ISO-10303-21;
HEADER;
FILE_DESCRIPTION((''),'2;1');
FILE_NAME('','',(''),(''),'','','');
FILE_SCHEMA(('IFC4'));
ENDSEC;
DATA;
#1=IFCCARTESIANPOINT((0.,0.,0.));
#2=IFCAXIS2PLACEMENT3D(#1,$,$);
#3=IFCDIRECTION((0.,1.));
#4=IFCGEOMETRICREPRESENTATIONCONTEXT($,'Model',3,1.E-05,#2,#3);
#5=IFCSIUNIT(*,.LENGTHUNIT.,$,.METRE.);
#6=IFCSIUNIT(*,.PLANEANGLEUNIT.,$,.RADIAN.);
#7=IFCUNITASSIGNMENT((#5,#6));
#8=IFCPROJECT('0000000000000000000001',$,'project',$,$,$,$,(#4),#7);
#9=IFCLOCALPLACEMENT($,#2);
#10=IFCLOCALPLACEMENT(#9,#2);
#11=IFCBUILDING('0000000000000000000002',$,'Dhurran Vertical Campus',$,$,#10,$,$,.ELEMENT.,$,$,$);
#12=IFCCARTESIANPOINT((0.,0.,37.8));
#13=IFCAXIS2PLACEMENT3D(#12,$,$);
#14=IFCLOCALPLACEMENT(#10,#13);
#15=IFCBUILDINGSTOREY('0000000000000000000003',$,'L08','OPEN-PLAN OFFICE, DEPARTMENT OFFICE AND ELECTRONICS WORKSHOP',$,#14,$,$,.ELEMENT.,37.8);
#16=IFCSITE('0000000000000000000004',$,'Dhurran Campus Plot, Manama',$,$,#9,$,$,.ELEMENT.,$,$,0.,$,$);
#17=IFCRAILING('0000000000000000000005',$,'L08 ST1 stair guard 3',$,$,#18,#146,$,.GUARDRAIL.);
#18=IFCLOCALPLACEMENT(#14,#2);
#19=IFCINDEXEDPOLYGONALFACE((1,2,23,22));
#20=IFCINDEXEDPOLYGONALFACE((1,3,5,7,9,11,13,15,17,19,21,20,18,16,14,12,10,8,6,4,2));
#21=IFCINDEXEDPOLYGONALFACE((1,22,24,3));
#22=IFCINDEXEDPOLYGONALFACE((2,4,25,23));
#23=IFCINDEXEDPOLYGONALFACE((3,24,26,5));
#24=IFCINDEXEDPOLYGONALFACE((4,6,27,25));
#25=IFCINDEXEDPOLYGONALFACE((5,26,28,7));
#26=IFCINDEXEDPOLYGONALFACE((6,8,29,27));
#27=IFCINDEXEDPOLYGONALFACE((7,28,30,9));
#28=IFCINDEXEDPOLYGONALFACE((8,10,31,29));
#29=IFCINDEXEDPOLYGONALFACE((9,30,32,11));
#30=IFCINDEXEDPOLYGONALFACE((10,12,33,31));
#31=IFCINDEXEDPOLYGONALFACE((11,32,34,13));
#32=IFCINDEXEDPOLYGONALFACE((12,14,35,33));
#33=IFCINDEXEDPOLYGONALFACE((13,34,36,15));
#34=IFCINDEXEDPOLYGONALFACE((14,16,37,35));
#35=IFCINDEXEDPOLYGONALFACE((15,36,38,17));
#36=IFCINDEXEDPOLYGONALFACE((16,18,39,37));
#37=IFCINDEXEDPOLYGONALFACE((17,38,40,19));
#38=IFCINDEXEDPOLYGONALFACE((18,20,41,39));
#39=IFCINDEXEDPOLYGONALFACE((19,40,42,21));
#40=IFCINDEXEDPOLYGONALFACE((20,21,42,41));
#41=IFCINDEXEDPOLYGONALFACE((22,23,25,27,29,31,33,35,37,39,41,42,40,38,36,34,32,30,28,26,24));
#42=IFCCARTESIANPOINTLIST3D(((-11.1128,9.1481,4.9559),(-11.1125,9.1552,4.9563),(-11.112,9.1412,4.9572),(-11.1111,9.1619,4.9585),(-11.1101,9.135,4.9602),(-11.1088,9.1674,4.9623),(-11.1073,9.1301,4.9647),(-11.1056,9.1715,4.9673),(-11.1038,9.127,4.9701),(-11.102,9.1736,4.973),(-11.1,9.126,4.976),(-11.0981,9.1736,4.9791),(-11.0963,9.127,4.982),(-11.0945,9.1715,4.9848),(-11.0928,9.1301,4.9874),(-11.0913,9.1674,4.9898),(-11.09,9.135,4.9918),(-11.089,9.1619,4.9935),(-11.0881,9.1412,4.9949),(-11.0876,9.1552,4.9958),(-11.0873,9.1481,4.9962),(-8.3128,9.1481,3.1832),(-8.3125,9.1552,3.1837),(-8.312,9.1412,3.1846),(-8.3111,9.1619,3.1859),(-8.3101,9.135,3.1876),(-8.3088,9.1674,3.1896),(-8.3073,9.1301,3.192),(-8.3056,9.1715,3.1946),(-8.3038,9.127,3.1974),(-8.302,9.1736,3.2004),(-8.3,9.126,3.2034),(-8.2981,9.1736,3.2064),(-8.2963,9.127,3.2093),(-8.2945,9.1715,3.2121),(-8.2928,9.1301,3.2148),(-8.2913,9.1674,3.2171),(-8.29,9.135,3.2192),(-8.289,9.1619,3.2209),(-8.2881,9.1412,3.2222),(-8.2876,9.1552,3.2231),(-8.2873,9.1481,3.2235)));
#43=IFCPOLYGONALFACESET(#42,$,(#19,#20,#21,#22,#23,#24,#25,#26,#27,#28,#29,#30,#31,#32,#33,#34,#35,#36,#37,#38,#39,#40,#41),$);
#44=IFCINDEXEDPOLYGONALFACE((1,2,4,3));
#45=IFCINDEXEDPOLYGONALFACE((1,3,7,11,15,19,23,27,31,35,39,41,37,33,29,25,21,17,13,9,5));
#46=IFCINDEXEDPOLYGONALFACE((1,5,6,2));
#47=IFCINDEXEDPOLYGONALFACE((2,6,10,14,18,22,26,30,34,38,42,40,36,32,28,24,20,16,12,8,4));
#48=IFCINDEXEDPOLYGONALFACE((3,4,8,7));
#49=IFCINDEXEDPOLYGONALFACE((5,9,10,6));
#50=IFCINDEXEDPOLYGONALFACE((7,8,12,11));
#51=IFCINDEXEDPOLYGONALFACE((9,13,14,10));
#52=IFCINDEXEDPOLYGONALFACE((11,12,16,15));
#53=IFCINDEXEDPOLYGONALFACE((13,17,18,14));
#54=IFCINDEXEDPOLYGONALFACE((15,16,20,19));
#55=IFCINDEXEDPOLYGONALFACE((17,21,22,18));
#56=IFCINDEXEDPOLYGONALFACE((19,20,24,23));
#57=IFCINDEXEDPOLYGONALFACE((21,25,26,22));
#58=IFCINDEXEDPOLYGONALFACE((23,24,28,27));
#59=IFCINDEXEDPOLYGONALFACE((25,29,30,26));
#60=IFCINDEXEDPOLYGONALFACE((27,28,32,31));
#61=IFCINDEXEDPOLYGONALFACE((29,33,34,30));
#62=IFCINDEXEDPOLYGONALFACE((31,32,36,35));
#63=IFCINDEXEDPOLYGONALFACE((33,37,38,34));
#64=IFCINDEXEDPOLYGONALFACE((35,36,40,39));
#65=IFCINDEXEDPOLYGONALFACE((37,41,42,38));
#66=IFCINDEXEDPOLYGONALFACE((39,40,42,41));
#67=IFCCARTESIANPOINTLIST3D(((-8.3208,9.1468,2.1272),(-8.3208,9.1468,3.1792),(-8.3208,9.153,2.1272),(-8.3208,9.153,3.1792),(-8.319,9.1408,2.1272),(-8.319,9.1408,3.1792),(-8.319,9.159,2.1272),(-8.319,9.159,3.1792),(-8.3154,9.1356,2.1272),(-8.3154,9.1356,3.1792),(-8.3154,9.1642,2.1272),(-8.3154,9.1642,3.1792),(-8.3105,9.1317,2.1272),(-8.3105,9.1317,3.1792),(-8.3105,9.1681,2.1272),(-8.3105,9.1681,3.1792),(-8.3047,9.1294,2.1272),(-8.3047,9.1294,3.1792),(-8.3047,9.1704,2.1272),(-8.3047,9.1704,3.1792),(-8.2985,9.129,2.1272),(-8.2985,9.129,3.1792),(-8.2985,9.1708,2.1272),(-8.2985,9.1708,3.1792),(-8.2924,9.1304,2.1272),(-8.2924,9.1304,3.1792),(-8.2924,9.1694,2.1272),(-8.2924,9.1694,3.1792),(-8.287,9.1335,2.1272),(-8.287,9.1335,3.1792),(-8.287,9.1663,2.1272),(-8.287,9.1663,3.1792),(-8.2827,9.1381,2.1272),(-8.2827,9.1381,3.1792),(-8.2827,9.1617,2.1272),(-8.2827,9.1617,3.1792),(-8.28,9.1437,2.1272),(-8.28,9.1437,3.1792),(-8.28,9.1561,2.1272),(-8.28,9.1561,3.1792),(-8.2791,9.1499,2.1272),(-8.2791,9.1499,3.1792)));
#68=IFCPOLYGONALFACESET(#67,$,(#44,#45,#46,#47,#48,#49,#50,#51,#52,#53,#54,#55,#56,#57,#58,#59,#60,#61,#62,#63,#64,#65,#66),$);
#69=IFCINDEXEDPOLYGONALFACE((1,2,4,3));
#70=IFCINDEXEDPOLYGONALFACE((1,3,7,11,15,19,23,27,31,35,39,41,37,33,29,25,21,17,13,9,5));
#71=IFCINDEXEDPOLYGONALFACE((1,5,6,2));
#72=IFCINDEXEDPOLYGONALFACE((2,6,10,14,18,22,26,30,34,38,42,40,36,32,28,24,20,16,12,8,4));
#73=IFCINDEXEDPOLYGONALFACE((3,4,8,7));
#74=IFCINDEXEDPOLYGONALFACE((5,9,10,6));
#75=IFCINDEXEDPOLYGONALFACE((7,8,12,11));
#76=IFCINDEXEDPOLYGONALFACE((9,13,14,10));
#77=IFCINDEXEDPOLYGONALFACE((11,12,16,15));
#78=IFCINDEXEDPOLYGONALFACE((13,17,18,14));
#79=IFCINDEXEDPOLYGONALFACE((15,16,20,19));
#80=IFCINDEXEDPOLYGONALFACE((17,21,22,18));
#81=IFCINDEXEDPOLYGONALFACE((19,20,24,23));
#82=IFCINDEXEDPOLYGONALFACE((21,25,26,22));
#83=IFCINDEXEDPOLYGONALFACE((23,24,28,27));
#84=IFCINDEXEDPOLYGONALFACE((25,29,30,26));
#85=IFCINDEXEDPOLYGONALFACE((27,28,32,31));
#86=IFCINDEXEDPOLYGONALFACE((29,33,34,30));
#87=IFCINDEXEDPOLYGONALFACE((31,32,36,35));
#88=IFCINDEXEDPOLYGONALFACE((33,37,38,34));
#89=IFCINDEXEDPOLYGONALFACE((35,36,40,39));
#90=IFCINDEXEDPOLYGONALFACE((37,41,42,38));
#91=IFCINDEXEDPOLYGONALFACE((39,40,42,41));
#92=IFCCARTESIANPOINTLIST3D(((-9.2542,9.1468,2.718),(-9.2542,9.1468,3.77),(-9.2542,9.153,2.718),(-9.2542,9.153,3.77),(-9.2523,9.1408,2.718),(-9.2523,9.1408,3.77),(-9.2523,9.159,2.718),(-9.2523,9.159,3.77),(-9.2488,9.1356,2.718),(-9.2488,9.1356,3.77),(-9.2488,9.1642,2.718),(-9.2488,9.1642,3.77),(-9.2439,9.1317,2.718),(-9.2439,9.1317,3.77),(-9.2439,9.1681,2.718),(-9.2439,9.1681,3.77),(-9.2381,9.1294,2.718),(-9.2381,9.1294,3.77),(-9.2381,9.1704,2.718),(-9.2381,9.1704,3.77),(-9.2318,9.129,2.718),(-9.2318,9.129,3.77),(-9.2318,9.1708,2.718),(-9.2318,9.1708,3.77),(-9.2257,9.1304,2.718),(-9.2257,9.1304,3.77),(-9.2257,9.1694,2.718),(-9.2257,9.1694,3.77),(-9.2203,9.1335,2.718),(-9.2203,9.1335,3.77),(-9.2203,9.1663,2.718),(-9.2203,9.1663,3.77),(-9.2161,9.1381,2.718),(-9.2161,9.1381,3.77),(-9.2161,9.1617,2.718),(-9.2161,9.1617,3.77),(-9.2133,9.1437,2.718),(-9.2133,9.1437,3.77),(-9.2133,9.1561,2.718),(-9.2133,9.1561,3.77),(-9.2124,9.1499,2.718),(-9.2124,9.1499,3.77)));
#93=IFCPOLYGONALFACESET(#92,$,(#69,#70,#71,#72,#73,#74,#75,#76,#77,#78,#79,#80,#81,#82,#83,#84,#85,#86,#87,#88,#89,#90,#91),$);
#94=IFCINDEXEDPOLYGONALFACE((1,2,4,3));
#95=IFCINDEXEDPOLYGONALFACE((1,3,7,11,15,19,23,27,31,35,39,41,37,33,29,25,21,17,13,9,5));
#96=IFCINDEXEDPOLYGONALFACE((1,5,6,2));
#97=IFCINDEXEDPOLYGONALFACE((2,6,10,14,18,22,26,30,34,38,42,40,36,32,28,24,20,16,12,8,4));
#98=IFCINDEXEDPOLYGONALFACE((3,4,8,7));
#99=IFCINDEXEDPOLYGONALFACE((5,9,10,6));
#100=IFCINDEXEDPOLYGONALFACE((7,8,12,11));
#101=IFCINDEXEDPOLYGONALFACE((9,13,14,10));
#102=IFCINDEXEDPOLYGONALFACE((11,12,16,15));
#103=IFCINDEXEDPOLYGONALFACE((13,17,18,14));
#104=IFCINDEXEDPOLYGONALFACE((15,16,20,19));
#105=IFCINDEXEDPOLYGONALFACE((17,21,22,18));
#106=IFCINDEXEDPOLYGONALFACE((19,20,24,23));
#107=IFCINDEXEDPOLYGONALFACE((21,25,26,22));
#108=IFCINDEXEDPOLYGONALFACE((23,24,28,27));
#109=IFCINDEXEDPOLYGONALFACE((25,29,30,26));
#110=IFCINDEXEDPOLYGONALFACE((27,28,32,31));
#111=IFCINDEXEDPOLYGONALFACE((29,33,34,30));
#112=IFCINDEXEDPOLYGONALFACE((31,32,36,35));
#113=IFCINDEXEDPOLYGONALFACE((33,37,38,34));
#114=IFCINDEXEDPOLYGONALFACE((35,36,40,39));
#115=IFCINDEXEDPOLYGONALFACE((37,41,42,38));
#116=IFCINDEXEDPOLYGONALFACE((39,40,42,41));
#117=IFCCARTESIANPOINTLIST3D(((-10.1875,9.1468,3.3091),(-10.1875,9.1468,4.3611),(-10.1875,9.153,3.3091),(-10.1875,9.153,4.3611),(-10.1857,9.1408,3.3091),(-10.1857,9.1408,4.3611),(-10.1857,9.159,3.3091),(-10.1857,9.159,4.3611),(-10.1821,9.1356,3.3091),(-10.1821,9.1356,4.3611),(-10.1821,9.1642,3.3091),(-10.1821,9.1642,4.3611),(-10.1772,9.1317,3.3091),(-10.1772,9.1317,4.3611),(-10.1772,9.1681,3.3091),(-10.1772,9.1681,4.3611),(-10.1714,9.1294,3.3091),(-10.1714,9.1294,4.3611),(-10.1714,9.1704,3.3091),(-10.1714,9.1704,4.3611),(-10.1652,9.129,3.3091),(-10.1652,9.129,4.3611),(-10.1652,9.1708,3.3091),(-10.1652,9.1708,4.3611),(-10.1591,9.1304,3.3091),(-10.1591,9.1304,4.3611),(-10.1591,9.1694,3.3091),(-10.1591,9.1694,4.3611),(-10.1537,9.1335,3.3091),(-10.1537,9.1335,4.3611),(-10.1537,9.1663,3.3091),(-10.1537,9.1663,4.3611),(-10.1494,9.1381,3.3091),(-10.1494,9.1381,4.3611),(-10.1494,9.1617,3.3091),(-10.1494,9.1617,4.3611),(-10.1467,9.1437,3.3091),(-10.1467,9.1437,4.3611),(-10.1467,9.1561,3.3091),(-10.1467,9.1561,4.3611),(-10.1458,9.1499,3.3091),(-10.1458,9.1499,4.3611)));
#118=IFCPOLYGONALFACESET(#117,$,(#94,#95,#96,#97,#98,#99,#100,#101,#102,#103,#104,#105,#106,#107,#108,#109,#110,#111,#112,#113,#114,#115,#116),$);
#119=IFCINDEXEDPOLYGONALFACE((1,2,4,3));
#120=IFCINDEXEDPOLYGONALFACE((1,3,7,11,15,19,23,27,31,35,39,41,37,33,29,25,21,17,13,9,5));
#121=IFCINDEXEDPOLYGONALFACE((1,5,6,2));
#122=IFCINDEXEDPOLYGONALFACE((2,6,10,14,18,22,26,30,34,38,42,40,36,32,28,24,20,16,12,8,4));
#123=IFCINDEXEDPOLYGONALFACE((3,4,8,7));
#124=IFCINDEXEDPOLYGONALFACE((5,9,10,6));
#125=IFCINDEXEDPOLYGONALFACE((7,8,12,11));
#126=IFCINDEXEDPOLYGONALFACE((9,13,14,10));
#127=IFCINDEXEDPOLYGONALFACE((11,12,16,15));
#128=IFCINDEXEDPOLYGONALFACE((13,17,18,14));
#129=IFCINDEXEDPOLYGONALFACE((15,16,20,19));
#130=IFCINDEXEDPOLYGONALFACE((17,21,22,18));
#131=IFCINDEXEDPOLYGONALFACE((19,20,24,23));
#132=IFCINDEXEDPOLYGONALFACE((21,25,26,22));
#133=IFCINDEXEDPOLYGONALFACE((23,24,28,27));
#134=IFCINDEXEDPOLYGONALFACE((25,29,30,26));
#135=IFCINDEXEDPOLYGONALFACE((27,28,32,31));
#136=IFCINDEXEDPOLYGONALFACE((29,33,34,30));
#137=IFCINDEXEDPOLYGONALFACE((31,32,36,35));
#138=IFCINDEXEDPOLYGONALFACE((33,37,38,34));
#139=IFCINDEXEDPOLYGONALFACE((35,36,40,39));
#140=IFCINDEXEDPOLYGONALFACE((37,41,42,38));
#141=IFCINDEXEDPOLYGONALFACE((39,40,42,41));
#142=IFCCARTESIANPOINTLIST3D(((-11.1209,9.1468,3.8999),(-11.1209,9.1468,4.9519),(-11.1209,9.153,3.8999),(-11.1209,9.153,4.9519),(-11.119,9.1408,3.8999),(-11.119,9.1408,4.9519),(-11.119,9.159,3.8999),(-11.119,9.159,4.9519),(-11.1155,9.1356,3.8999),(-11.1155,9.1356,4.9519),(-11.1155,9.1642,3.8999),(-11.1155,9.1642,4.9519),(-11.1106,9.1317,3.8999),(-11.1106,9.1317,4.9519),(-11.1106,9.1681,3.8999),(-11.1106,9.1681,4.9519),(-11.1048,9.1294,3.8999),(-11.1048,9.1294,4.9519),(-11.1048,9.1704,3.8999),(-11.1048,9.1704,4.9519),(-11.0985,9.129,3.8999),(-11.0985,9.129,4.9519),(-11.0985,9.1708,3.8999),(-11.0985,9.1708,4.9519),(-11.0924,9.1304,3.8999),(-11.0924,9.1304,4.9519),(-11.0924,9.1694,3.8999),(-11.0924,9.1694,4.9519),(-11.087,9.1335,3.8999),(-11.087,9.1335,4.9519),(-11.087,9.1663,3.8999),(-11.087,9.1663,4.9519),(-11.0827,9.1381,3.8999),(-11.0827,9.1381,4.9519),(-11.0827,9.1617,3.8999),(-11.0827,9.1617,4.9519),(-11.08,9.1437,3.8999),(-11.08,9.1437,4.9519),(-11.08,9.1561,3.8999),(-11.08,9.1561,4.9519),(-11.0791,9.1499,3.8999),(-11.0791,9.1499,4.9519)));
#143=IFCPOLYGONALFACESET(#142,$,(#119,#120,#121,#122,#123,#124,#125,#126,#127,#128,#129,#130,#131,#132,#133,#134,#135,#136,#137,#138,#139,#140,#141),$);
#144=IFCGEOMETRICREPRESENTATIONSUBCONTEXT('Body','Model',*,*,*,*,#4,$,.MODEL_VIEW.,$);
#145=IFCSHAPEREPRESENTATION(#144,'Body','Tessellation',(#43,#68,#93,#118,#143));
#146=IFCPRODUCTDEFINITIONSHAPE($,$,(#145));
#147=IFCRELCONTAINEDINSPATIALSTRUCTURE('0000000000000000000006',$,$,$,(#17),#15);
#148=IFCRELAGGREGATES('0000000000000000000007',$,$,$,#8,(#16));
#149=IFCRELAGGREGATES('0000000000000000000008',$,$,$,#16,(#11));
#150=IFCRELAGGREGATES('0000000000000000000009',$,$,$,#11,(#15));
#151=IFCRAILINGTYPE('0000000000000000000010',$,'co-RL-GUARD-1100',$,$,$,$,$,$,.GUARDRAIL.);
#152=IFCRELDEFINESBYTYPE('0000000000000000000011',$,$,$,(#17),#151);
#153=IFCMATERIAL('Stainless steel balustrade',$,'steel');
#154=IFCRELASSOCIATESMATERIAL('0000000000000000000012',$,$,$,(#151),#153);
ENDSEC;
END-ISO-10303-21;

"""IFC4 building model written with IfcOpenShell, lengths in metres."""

from ifc_helpers import new_model, si_unit, direction, frame, origin, origin_2d, place, context, subcontext, project, spatial, circle, extrude, material, type_object, element, save


model = new_model("IFC4")

# Units and contexts
model_context = context("Model", 3, precision=1e-05, world=origin(), true_north=direction((0.0, 1.0)))
body_context = subcontext(model_context, "Body", "Model", "MODEL_VIEW")
ifc_project = project(units=[si_unit("LENGTHUNIT", "METRE"), si_unit("PLANEANGLEUNIT", "RADIAN")], contexts=[model_context])

# Site, building, storey
site_placement = place(None, origin())
site = spatial("IfcSite", under=ifc_project, at=site_placement, Name="Dhurran Campus Plot, Manama", CompositionType="ELEMENT", RefElevation=0.0)
building_placement = place(site_placement, origin())
building = spatial("IfcBuilding", under=site, at=building_placement, Name="Dhurran Vertical Campus", CompositionType="ELEMENT")
storey_placement = place(building_placement, frame((0.0, 0.0, 37.8)))
storey = spatial("IfcBuildingStorey", under=building, at=storey_placement, Name="L08", Description="OPEN-PLAN OFFICE, DEPARTMENT OFFICE AND ELECTRONICS WORKSHOP", CompositionType="ELEMENT", Elevation=37.8)

# Railing
ifc_material_1 = material(Name="Stainless steel balustrade", Category="steel")
railing_type_1 = type_object("IfcRailingType", Name="co-RL-GUARD-1100", PredefinedType="GUARDRAIL", material=ifc_material_1)
railing_1_placement = place(storey_placement, frame((-8.3, 9.1499, 2.1272)))
element("IfcRailing", 1, at=railing_1_placement, inside=storey, type_object=railing_type_1, Name="L08 ST1 stair guard 3", PredefinedType="GUARDRAIL", context=body_context, shape_type="SweptSolid", body=[
    extrude(circle(Radius=0.0239, at=origin_2d()), frame((0.0, 0.0, 1.0762), z_axis=(-0.844909, 0.0, 0.53491), x_axis=(0.0, -1.0, 0.0)), (0.0, 0.0, 1.0), 3.314),
    extrude(circle(Radius=0.021, at=origin_2d()), origin(), (0.0, 0.0, 1.0), 1.052),
    extrude(circle(Radius=0.021, at=origin_2d()), frame((-0.9333, 0.0, 0.5908)), (0.0, 0.0, 1.0), 1.052),
    extrude(circle(Radius=0.021, at=origin_2d()), frame((-1.8667, 0.0, 1.1819)), (0.0, 0.0, 1.0), 1.052),
    extrude(circle(Radius=0.021, at=origin_2d()), frame((-2.8, 0.0, 1.7727)), (0.0, 0.0, 1.0), 1.052),
])

save(model, "model.ifc")
